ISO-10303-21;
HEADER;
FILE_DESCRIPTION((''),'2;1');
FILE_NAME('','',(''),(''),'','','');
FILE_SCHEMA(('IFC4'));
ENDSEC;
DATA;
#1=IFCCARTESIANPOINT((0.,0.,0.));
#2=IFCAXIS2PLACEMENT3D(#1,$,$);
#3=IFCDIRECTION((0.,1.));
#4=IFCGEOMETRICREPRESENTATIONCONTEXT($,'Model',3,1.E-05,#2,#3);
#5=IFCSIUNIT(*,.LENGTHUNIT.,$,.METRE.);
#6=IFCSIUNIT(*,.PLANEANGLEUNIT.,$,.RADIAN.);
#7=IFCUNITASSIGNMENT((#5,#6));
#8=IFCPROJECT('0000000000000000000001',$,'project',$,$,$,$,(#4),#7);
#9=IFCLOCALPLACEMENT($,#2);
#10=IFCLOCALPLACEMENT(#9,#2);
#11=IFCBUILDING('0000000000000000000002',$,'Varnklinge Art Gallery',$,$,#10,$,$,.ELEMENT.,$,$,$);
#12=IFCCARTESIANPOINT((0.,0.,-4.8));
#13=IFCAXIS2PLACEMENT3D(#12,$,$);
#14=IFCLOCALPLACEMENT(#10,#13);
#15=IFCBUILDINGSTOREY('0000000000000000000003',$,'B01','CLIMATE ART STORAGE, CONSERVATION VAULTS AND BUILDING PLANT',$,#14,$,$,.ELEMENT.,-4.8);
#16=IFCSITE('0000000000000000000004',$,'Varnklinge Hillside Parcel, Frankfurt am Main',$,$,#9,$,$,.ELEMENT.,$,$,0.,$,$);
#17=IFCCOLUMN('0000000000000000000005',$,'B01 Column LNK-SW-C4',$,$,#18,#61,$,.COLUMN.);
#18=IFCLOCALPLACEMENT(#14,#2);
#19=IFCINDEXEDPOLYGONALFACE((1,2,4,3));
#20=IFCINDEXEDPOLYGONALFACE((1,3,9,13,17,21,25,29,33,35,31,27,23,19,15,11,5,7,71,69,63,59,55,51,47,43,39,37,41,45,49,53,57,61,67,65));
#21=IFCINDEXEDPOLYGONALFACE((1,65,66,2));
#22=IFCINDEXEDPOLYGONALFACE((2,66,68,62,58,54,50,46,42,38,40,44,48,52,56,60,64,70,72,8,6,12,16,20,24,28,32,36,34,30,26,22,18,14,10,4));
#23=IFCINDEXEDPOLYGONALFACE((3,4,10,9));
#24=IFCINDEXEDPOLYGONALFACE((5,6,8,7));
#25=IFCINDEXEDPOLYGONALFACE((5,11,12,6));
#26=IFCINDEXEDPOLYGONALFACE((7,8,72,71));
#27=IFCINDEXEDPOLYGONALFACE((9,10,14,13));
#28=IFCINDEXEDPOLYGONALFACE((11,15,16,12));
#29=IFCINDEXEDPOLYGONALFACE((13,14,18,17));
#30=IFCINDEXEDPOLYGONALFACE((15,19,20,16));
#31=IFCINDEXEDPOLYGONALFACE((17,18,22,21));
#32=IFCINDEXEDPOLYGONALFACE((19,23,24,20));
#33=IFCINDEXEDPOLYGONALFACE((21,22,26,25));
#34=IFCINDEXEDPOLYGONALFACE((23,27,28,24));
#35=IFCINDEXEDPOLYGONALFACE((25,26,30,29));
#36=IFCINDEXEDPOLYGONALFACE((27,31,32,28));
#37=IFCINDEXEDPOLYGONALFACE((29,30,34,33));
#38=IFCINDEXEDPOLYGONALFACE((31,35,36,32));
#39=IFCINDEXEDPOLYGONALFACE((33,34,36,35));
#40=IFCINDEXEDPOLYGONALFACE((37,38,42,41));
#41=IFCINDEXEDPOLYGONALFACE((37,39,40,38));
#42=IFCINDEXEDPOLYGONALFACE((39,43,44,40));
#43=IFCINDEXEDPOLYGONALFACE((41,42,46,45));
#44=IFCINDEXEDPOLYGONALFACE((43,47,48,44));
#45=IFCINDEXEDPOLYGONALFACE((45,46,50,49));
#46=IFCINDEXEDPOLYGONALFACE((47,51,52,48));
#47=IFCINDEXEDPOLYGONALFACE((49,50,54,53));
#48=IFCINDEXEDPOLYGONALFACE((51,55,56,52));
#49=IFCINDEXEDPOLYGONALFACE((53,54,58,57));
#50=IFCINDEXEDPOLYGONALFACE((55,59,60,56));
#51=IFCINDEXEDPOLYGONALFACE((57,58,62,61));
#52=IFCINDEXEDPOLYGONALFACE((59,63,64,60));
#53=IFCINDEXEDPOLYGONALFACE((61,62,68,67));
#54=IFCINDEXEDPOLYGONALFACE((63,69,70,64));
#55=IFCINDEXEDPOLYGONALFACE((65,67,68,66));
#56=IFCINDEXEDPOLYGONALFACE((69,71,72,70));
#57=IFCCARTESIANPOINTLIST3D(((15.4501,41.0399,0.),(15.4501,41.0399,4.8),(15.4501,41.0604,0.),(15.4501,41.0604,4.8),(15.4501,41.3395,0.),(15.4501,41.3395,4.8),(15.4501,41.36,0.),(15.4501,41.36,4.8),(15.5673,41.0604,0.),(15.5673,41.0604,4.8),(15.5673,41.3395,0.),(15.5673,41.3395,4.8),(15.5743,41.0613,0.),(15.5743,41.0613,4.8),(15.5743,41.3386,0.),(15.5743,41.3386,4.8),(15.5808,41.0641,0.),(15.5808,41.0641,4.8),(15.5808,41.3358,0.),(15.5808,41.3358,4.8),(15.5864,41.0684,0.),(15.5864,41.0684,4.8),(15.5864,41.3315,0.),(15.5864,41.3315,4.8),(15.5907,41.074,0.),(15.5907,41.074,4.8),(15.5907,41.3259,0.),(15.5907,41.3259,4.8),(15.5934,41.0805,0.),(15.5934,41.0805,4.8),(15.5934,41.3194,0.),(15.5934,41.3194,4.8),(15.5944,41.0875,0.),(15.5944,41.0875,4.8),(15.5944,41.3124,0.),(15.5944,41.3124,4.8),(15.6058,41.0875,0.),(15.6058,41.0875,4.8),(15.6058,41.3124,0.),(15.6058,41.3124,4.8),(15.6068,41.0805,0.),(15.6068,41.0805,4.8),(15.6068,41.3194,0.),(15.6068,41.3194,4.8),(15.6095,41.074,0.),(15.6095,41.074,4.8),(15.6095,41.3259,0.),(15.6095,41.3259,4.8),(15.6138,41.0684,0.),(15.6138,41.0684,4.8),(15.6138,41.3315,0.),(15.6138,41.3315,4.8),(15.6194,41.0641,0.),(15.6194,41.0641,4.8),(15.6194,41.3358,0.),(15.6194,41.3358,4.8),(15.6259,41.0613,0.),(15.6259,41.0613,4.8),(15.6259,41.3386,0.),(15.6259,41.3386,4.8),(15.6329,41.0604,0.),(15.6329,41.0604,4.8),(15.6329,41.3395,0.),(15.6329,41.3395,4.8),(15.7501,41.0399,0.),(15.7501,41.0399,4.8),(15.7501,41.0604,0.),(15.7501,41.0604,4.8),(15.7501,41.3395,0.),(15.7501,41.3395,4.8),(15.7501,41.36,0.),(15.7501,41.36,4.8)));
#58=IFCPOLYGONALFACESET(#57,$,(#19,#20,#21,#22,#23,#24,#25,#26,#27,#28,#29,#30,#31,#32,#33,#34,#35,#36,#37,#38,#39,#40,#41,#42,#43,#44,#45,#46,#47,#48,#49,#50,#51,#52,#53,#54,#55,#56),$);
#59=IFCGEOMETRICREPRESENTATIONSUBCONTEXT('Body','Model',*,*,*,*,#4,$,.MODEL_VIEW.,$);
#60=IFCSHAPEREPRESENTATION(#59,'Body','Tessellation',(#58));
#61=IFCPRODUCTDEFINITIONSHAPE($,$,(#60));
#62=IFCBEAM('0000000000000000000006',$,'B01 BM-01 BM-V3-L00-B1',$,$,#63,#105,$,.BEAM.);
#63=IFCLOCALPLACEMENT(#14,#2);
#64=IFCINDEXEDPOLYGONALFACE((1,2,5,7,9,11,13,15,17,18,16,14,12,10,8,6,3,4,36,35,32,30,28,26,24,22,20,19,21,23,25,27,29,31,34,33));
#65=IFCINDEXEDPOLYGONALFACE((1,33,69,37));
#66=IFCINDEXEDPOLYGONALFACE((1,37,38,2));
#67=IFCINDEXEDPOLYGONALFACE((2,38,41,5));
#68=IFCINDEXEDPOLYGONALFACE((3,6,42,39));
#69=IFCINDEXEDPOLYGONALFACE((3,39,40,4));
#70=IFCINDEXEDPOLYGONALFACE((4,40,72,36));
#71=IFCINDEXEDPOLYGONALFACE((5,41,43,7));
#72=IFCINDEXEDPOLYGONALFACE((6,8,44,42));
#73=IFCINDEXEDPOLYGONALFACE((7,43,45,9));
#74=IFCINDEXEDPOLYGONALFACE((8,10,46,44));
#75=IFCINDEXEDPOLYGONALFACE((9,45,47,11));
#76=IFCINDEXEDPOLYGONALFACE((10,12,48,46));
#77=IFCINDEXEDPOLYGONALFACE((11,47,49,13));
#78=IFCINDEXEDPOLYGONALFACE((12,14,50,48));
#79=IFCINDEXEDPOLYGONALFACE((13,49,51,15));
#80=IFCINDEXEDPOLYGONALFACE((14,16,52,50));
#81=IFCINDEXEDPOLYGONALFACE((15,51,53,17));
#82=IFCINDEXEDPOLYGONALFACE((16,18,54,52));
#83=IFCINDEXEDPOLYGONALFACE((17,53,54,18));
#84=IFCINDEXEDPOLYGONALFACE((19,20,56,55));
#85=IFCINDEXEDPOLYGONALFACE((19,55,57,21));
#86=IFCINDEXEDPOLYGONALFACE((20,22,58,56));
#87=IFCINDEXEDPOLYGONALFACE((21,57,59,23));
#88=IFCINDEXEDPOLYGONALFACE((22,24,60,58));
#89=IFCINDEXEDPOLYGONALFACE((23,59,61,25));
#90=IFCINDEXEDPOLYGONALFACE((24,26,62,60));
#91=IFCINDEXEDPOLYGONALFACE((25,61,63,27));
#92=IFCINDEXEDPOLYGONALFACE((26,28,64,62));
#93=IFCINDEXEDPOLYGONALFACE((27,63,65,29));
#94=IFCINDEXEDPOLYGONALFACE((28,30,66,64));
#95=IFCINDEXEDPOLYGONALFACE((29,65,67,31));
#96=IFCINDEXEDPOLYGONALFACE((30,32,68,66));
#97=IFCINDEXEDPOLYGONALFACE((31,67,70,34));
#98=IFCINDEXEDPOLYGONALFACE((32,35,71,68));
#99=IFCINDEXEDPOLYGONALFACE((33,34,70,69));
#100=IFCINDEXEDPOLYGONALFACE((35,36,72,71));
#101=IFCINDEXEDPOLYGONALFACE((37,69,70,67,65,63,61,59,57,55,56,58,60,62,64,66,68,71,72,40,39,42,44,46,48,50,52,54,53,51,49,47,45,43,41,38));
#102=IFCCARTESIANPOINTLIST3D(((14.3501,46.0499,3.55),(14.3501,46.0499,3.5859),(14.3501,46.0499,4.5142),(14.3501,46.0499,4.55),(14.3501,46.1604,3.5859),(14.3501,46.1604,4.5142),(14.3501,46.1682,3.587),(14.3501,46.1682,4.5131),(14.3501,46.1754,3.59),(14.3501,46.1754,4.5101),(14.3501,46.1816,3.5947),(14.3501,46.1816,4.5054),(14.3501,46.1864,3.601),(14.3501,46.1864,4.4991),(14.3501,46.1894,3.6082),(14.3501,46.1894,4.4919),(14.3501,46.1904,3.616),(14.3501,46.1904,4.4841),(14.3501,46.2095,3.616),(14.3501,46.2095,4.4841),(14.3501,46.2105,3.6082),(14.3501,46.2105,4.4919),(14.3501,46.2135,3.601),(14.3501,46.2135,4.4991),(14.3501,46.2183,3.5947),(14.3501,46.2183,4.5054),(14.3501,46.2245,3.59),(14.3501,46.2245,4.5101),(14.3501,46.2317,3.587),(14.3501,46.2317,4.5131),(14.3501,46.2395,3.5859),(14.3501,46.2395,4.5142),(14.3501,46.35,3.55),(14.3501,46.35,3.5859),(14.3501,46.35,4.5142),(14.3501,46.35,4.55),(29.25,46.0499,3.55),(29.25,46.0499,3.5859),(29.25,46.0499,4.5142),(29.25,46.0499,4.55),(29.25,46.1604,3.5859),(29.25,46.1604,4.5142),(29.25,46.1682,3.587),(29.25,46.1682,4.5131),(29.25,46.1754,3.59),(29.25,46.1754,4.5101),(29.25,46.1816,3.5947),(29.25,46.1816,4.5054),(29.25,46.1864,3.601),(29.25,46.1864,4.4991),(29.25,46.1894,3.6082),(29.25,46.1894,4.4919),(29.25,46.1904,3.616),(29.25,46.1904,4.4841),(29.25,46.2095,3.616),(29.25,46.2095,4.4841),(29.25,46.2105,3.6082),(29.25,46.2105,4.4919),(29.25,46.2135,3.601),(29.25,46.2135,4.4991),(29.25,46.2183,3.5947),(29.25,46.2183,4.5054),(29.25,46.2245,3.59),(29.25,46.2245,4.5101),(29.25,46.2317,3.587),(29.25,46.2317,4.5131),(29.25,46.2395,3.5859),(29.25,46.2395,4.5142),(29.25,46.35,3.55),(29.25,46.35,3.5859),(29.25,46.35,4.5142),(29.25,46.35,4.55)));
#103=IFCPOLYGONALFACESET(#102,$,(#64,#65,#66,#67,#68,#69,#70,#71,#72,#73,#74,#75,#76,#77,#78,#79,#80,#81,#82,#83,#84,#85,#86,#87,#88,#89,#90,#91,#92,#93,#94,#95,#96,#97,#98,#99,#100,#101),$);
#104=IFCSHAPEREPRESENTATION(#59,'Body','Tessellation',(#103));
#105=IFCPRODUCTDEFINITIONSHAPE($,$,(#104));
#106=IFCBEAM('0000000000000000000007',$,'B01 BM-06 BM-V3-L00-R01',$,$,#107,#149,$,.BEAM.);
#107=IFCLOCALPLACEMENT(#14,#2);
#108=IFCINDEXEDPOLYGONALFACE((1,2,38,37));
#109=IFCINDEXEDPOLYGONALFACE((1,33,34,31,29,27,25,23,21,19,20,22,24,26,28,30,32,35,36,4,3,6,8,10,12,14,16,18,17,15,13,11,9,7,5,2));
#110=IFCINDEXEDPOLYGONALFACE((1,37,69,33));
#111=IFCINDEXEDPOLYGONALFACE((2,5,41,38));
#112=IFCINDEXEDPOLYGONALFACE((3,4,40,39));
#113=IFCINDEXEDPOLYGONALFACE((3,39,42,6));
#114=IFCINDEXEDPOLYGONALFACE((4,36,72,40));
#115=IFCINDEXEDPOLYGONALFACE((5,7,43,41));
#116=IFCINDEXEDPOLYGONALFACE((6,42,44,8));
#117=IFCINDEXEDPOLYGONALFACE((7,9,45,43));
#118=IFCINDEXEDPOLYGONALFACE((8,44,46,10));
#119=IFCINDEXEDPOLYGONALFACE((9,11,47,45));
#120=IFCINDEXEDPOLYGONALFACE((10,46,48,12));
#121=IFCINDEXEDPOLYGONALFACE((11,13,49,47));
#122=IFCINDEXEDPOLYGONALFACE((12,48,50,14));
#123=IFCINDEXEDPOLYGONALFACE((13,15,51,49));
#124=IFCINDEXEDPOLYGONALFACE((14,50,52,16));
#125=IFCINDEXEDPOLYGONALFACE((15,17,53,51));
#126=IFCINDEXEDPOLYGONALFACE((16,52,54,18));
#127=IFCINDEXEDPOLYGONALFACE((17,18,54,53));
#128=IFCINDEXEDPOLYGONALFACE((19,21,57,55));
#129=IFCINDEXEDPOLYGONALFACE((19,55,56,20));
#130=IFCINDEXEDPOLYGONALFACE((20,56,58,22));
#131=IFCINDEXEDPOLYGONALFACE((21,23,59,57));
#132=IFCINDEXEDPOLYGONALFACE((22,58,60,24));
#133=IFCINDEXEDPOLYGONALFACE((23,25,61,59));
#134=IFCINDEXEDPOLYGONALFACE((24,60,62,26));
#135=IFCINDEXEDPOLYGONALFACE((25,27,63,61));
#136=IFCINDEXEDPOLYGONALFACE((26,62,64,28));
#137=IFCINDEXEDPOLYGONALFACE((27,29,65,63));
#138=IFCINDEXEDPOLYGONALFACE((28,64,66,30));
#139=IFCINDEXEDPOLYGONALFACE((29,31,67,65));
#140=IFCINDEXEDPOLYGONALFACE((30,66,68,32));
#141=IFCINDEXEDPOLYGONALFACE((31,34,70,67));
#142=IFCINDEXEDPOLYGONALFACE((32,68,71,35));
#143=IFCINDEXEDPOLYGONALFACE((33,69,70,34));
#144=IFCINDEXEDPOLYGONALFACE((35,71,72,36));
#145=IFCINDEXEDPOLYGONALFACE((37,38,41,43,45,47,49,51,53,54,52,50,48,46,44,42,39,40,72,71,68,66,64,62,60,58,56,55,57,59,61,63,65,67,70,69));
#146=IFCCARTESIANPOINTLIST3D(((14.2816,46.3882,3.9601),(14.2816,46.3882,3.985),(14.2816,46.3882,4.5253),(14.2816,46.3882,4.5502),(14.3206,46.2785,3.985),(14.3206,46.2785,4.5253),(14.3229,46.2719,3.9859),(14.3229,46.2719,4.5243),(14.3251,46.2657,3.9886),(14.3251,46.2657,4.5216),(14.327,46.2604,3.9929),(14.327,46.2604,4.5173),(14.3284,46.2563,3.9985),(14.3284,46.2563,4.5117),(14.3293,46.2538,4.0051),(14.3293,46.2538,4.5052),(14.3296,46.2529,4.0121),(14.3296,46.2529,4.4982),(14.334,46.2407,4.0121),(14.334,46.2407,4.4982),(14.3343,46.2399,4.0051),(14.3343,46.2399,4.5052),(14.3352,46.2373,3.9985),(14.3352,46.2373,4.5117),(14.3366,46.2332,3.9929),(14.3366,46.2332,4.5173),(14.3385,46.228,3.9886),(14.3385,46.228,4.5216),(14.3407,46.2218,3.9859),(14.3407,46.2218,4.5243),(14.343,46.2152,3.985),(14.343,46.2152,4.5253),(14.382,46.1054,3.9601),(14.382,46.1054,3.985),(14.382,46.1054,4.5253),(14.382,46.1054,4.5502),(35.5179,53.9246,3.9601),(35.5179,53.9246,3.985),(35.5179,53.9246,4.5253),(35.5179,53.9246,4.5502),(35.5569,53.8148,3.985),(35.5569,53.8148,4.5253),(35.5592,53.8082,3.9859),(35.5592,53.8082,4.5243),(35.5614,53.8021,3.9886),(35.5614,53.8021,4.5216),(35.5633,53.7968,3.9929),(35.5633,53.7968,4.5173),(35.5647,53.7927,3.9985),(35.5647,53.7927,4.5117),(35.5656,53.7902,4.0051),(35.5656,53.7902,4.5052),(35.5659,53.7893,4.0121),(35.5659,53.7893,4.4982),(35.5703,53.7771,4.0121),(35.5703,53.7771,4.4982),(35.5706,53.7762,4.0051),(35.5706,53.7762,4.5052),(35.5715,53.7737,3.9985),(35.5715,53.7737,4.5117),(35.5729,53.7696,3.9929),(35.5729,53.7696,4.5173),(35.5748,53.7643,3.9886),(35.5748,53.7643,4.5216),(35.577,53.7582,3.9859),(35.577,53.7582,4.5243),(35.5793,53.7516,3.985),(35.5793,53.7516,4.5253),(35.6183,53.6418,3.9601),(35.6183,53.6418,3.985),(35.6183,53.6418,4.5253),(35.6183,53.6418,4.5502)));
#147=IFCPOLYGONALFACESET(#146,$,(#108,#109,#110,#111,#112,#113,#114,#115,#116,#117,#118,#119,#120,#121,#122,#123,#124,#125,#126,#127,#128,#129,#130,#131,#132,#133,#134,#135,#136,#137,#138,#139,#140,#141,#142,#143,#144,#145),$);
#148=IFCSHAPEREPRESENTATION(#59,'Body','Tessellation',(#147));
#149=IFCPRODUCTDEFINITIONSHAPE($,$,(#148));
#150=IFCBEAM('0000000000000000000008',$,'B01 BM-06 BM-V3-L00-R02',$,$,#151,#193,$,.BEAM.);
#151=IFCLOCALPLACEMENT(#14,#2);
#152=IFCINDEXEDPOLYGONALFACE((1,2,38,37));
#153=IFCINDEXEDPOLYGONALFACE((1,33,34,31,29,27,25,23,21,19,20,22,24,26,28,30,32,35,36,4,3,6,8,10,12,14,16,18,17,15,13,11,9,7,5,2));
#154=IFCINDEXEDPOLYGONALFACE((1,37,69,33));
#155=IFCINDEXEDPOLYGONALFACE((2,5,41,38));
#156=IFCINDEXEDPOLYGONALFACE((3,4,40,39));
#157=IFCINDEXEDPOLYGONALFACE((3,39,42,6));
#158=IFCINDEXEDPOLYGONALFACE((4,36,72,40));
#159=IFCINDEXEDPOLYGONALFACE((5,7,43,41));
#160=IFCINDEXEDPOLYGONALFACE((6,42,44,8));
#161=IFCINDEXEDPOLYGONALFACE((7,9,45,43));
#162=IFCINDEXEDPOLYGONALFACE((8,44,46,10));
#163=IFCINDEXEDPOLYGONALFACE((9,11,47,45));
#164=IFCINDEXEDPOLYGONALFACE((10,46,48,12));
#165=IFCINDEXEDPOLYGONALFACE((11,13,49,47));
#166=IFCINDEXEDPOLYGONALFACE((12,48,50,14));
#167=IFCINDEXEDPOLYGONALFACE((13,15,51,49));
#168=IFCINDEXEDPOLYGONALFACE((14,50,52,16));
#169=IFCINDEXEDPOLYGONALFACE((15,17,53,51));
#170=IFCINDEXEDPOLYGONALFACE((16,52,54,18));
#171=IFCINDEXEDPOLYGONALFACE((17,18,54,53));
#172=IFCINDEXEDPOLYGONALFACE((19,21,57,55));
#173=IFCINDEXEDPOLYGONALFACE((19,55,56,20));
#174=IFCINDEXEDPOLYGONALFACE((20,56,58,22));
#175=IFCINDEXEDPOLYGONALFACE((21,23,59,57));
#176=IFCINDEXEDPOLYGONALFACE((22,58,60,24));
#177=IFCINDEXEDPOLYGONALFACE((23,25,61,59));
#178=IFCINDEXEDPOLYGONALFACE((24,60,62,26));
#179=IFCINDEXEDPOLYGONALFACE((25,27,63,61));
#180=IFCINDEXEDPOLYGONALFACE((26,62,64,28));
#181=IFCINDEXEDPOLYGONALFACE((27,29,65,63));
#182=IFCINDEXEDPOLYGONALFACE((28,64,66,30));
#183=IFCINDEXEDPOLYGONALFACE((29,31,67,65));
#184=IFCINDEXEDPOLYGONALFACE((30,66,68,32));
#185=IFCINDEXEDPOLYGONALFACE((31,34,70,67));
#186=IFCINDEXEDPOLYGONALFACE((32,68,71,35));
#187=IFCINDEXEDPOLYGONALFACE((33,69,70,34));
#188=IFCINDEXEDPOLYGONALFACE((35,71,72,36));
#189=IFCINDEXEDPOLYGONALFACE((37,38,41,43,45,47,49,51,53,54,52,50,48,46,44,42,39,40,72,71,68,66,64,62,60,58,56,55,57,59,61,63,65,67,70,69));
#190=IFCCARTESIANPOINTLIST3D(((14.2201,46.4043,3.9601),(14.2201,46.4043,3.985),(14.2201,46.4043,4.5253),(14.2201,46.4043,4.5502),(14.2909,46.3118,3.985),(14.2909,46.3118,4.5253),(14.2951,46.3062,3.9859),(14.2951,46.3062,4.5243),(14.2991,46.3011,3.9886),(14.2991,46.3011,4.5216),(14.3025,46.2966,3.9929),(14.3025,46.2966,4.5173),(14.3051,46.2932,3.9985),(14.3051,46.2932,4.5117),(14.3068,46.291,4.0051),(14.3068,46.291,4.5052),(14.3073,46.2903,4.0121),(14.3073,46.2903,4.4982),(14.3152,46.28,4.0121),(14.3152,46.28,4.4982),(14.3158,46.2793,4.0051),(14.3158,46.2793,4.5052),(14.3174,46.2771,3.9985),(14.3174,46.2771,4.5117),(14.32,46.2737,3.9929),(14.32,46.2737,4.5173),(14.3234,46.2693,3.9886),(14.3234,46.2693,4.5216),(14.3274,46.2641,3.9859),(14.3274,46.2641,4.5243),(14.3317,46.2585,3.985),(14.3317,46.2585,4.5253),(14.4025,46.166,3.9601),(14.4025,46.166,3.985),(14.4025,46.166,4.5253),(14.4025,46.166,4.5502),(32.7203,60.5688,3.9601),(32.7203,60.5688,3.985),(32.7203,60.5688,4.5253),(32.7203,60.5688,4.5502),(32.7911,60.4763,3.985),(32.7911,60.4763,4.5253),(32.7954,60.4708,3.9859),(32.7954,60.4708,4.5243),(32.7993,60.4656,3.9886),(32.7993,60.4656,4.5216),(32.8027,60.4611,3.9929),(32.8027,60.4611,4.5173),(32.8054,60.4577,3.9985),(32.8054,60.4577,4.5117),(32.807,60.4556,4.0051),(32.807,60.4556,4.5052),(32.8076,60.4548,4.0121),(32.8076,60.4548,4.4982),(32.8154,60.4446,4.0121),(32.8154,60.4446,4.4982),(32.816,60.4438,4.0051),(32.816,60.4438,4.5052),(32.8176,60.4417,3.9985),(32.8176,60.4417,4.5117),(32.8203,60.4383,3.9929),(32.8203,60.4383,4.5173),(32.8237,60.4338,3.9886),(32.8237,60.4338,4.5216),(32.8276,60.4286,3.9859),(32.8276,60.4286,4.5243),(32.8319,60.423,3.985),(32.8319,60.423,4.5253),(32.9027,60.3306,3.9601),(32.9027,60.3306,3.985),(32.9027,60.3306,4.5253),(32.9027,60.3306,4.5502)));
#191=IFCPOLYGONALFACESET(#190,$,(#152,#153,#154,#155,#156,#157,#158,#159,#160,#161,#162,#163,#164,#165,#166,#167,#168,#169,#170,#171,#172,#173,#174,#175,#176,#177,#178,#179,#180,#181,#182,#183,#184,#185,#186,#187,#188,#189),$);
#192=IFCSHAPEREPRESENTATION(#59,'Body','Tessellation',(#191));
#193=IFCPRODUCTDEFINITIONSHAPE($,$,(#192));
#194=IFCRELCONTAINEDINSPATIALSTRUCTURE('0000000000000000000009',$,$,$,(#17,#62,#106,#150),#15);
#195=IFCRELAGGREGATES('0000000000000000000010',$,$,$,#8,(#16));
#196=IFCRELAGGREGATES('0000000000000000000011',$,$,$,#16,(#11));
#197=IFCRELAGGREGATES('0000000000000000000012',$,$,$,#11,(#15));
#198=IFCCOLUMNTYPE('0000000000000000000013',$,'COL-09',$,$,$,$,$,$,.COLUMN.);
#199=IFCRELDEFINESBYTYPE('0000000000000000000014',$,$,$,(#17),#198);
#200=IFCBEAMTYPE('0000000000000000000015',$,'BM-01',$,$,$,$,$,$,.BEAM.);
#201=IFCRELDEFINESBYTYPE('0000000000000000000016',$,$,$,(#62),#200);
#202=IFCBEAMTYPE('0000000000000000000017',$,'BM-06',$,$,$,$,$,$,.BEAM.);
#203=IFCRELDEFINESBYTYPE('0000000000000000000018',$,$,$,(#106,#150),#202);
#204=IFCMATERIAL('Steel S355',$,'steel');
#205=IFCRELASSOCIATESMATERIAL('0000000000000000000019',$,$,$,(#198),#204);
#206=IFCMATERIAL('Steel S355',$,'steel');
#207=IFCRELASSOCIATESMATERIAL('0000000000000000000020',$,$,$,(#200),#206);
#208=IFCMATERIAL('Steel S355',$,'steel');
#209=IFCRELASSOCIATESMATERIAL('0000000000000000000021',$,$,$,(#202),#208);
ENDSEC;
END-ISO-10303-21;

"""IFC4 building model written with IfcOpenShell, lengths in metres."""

from ifc_helpers import new_model, si_unit, direction, frame, origin, origin_2d, place, context, subcontext, project, spatial, i_section, extrude, material, material_profile, profile_set, type_object, element, save


model = new_model("IFC4")

# Units and contexts
model_context = context("Model", 3, precision=1e-05, world=origin(), true_north=direction((0.0, 1.0)))
body_context = subcontext(model_context, "Body", "Model", "MODEL_VIEW")
ifc_project = project(units=[si_unit("LENGTHUNIT", "METRE"), si_unit("PLANEANGLEUNIT", "RADIAN")], contexts=[model_context])

# Site, building, storey
site_placement = place(None, origin())
site = spatial("IfcSite", under=ifc_project, at=site_placement, Name="Varnklinge Hillside Parcel, Frankfurt am Main", CompositionType="ELEMENT", RefElevation=0.0)
building_placement = place(site_placement, origin())
building = spatial("IfcBuilding", under=site, at=building_placement, Name="Varnklinge Art Gallery", CompositionType="ELEMENT")
storey_placement = place(building_placement, frame((0.0, 0.0, -4.8)))
storey = spatial("IfcBuildingStorey", under=building, at=storey_placement, Name="B01", Description="CLIMATE ART STORAGE, CONSERVATION VAULTS AND BUILDING PLANT", CompositionType="ELEMENT", Elevation=-4.8)

# Column
ifc_material_1 = material(Name="Steel S355", Category="steel")
ifc_material_profile_1 = material_profile(ifc_material_1, i_section(OverallWidth=0.3, OverallDepth=0.3201, WebThickness=0.0115, FlangeThickness=0.0205, FilletRadius=0.0271, at=origin_2d()), Name="HEB 320")
ifc_profile_set_1 = profile_set([ifc_material_profile_1], Name="Steel S355")
column_type_1 = type_object("IfcColumnType", Name="COL-09", PredefinedType="COLUMN", material=ifc_profile_set_1)
column_1_placement = place(storey_placement, frame((15.6001, 41.2, 0.0), z_axis=(0.0, 0.0, 1.0), x_axis=(1.0, 0.0, 0.0)))
element("IfcColumn", 1, at=column_1_placement, inside=storey, type_object=column_type_1, Name="B01 Column LNK-SW-C4", PredefinedType="COLUMN", context=body_context, shape_type="SweptSolid", body=[
    extrude(i_section(OverallWidth=0.3, OverallDepth=0.3201, WebThickness=0.0115, FlangeThickness=0.0205, FilletRadius=0.0271, at=origin_2d()), origin(), (0.0, 0.0, 1.0), 4.8),
])

# Beams
ifc_material_2 = material(Name="Steel S355", Category="steel")
ifc_material_profile_2 = material_profile(ifc_material_2, i_section(OverallWidth=0.3, OverallDepth=1.0, WebThickness=0.019, FlangeThickness=0.0359, FilletRadius=0.03, at=origin_2d()), Name="HEB 1000")
ifc_profile_set_2 = profile_set([ifc_material_profile_2], Name="Steel S355")
beam_type_1 = type_object("IfcBeamType", Name="BM-01", PredefinedType="BEAM", material=ifc_profile_set_2)
beam_1_placement = place(storey_placement, frame((14.3501, 46.2, 4.05), z_axis=(1.0, 0.0, 0.0), x_axis=(0.0, 1.0, 0.0)))
element("IfcBeam", 2, at=beam_1_placement, inside=storey, type_object=beam_type_1, Name="B01 BM-01 BM-V3-L00-B1", PredefinedType="BEAM", context=body_context, shape_type="SweptSolid", body=[
    extrude(i_section(OverallWidth=0.3, OverallDepth=1.0, WebThickness=0.019, FlangeThickness=0.0359, FilletRadius=0.03, at=origin_2d()), origin(), (0.0, 0.0, 1.0), 14.8999),
])
ifc_material_3 = material(Name="Steel S355", Category="steel")
ifc_material_profile_3 = material_profile(ifc_material_3, i_section(OverallWidth=0.3, OverallDepth=0.5901, WebThickness=0.0129, FlangeThickness=0.0249, FilletRadius=0.0271, at=origin_2d()), Name="HEA 600")
ifc_profile_set_3 = profile_set([ifc_material_profile_3], Name="Steel S355")
beam_type_2 = type_object("IfcBeamType", Name="BM-06", PredefinedType="BEAM", material=ifc_profile_set_3)
beam_2_placement = place(storey_placement, frame((14.3318, 46.2468, 4.2551), z_axis=(0.942415, 0.334446, 0.0), x_axis=(-0.334446, 0.942415, 0.0)))
element("IfcBeam", 3, at=beam_2_placement, inside=storey, type_object=beam_type_2, Name="B01 BM-06 BM-V3-L00-R01", PredefinedType="BEAM", context=body_context, shape_type="SweptSolid", body=[
    extrude(i_section(OverallWidth=0.3, OverallDepth=0.5901, WebThickness=0.0129, FlangeThickness=0.0249, FilletRadius=0.0271, at=origin_2d()), origin(), (0.0, 0.0, 1.0), 22.5339),
])
beam_3_placement = place(storey_placement, frame((14.3113, 46.2852, 4.2551), z_axis=(0.793999, 0.607919, 0.0), x_axis=(-0.607919, 0.793999, 0.0)))
element("IfcBeam", 4, at=beam_3_placement, inside=storey, type_object=beam_type_2, Name="B01 BM-06 BM-V3-L00-R02", PredefinedType="BEAM", context=body_context, shape_type="SweptSolid", body=[
    extrude(i_section(OverallWidth=0.3, OverallDepth=0.5901, WebThickness=0.0129, FlangeThickness=0.0249, FilletRadius=0.0271, at=origin_2d()), origin(), (0.0, 0.0, 1.0), 23.3),
])

save(model, "model.ifc")
